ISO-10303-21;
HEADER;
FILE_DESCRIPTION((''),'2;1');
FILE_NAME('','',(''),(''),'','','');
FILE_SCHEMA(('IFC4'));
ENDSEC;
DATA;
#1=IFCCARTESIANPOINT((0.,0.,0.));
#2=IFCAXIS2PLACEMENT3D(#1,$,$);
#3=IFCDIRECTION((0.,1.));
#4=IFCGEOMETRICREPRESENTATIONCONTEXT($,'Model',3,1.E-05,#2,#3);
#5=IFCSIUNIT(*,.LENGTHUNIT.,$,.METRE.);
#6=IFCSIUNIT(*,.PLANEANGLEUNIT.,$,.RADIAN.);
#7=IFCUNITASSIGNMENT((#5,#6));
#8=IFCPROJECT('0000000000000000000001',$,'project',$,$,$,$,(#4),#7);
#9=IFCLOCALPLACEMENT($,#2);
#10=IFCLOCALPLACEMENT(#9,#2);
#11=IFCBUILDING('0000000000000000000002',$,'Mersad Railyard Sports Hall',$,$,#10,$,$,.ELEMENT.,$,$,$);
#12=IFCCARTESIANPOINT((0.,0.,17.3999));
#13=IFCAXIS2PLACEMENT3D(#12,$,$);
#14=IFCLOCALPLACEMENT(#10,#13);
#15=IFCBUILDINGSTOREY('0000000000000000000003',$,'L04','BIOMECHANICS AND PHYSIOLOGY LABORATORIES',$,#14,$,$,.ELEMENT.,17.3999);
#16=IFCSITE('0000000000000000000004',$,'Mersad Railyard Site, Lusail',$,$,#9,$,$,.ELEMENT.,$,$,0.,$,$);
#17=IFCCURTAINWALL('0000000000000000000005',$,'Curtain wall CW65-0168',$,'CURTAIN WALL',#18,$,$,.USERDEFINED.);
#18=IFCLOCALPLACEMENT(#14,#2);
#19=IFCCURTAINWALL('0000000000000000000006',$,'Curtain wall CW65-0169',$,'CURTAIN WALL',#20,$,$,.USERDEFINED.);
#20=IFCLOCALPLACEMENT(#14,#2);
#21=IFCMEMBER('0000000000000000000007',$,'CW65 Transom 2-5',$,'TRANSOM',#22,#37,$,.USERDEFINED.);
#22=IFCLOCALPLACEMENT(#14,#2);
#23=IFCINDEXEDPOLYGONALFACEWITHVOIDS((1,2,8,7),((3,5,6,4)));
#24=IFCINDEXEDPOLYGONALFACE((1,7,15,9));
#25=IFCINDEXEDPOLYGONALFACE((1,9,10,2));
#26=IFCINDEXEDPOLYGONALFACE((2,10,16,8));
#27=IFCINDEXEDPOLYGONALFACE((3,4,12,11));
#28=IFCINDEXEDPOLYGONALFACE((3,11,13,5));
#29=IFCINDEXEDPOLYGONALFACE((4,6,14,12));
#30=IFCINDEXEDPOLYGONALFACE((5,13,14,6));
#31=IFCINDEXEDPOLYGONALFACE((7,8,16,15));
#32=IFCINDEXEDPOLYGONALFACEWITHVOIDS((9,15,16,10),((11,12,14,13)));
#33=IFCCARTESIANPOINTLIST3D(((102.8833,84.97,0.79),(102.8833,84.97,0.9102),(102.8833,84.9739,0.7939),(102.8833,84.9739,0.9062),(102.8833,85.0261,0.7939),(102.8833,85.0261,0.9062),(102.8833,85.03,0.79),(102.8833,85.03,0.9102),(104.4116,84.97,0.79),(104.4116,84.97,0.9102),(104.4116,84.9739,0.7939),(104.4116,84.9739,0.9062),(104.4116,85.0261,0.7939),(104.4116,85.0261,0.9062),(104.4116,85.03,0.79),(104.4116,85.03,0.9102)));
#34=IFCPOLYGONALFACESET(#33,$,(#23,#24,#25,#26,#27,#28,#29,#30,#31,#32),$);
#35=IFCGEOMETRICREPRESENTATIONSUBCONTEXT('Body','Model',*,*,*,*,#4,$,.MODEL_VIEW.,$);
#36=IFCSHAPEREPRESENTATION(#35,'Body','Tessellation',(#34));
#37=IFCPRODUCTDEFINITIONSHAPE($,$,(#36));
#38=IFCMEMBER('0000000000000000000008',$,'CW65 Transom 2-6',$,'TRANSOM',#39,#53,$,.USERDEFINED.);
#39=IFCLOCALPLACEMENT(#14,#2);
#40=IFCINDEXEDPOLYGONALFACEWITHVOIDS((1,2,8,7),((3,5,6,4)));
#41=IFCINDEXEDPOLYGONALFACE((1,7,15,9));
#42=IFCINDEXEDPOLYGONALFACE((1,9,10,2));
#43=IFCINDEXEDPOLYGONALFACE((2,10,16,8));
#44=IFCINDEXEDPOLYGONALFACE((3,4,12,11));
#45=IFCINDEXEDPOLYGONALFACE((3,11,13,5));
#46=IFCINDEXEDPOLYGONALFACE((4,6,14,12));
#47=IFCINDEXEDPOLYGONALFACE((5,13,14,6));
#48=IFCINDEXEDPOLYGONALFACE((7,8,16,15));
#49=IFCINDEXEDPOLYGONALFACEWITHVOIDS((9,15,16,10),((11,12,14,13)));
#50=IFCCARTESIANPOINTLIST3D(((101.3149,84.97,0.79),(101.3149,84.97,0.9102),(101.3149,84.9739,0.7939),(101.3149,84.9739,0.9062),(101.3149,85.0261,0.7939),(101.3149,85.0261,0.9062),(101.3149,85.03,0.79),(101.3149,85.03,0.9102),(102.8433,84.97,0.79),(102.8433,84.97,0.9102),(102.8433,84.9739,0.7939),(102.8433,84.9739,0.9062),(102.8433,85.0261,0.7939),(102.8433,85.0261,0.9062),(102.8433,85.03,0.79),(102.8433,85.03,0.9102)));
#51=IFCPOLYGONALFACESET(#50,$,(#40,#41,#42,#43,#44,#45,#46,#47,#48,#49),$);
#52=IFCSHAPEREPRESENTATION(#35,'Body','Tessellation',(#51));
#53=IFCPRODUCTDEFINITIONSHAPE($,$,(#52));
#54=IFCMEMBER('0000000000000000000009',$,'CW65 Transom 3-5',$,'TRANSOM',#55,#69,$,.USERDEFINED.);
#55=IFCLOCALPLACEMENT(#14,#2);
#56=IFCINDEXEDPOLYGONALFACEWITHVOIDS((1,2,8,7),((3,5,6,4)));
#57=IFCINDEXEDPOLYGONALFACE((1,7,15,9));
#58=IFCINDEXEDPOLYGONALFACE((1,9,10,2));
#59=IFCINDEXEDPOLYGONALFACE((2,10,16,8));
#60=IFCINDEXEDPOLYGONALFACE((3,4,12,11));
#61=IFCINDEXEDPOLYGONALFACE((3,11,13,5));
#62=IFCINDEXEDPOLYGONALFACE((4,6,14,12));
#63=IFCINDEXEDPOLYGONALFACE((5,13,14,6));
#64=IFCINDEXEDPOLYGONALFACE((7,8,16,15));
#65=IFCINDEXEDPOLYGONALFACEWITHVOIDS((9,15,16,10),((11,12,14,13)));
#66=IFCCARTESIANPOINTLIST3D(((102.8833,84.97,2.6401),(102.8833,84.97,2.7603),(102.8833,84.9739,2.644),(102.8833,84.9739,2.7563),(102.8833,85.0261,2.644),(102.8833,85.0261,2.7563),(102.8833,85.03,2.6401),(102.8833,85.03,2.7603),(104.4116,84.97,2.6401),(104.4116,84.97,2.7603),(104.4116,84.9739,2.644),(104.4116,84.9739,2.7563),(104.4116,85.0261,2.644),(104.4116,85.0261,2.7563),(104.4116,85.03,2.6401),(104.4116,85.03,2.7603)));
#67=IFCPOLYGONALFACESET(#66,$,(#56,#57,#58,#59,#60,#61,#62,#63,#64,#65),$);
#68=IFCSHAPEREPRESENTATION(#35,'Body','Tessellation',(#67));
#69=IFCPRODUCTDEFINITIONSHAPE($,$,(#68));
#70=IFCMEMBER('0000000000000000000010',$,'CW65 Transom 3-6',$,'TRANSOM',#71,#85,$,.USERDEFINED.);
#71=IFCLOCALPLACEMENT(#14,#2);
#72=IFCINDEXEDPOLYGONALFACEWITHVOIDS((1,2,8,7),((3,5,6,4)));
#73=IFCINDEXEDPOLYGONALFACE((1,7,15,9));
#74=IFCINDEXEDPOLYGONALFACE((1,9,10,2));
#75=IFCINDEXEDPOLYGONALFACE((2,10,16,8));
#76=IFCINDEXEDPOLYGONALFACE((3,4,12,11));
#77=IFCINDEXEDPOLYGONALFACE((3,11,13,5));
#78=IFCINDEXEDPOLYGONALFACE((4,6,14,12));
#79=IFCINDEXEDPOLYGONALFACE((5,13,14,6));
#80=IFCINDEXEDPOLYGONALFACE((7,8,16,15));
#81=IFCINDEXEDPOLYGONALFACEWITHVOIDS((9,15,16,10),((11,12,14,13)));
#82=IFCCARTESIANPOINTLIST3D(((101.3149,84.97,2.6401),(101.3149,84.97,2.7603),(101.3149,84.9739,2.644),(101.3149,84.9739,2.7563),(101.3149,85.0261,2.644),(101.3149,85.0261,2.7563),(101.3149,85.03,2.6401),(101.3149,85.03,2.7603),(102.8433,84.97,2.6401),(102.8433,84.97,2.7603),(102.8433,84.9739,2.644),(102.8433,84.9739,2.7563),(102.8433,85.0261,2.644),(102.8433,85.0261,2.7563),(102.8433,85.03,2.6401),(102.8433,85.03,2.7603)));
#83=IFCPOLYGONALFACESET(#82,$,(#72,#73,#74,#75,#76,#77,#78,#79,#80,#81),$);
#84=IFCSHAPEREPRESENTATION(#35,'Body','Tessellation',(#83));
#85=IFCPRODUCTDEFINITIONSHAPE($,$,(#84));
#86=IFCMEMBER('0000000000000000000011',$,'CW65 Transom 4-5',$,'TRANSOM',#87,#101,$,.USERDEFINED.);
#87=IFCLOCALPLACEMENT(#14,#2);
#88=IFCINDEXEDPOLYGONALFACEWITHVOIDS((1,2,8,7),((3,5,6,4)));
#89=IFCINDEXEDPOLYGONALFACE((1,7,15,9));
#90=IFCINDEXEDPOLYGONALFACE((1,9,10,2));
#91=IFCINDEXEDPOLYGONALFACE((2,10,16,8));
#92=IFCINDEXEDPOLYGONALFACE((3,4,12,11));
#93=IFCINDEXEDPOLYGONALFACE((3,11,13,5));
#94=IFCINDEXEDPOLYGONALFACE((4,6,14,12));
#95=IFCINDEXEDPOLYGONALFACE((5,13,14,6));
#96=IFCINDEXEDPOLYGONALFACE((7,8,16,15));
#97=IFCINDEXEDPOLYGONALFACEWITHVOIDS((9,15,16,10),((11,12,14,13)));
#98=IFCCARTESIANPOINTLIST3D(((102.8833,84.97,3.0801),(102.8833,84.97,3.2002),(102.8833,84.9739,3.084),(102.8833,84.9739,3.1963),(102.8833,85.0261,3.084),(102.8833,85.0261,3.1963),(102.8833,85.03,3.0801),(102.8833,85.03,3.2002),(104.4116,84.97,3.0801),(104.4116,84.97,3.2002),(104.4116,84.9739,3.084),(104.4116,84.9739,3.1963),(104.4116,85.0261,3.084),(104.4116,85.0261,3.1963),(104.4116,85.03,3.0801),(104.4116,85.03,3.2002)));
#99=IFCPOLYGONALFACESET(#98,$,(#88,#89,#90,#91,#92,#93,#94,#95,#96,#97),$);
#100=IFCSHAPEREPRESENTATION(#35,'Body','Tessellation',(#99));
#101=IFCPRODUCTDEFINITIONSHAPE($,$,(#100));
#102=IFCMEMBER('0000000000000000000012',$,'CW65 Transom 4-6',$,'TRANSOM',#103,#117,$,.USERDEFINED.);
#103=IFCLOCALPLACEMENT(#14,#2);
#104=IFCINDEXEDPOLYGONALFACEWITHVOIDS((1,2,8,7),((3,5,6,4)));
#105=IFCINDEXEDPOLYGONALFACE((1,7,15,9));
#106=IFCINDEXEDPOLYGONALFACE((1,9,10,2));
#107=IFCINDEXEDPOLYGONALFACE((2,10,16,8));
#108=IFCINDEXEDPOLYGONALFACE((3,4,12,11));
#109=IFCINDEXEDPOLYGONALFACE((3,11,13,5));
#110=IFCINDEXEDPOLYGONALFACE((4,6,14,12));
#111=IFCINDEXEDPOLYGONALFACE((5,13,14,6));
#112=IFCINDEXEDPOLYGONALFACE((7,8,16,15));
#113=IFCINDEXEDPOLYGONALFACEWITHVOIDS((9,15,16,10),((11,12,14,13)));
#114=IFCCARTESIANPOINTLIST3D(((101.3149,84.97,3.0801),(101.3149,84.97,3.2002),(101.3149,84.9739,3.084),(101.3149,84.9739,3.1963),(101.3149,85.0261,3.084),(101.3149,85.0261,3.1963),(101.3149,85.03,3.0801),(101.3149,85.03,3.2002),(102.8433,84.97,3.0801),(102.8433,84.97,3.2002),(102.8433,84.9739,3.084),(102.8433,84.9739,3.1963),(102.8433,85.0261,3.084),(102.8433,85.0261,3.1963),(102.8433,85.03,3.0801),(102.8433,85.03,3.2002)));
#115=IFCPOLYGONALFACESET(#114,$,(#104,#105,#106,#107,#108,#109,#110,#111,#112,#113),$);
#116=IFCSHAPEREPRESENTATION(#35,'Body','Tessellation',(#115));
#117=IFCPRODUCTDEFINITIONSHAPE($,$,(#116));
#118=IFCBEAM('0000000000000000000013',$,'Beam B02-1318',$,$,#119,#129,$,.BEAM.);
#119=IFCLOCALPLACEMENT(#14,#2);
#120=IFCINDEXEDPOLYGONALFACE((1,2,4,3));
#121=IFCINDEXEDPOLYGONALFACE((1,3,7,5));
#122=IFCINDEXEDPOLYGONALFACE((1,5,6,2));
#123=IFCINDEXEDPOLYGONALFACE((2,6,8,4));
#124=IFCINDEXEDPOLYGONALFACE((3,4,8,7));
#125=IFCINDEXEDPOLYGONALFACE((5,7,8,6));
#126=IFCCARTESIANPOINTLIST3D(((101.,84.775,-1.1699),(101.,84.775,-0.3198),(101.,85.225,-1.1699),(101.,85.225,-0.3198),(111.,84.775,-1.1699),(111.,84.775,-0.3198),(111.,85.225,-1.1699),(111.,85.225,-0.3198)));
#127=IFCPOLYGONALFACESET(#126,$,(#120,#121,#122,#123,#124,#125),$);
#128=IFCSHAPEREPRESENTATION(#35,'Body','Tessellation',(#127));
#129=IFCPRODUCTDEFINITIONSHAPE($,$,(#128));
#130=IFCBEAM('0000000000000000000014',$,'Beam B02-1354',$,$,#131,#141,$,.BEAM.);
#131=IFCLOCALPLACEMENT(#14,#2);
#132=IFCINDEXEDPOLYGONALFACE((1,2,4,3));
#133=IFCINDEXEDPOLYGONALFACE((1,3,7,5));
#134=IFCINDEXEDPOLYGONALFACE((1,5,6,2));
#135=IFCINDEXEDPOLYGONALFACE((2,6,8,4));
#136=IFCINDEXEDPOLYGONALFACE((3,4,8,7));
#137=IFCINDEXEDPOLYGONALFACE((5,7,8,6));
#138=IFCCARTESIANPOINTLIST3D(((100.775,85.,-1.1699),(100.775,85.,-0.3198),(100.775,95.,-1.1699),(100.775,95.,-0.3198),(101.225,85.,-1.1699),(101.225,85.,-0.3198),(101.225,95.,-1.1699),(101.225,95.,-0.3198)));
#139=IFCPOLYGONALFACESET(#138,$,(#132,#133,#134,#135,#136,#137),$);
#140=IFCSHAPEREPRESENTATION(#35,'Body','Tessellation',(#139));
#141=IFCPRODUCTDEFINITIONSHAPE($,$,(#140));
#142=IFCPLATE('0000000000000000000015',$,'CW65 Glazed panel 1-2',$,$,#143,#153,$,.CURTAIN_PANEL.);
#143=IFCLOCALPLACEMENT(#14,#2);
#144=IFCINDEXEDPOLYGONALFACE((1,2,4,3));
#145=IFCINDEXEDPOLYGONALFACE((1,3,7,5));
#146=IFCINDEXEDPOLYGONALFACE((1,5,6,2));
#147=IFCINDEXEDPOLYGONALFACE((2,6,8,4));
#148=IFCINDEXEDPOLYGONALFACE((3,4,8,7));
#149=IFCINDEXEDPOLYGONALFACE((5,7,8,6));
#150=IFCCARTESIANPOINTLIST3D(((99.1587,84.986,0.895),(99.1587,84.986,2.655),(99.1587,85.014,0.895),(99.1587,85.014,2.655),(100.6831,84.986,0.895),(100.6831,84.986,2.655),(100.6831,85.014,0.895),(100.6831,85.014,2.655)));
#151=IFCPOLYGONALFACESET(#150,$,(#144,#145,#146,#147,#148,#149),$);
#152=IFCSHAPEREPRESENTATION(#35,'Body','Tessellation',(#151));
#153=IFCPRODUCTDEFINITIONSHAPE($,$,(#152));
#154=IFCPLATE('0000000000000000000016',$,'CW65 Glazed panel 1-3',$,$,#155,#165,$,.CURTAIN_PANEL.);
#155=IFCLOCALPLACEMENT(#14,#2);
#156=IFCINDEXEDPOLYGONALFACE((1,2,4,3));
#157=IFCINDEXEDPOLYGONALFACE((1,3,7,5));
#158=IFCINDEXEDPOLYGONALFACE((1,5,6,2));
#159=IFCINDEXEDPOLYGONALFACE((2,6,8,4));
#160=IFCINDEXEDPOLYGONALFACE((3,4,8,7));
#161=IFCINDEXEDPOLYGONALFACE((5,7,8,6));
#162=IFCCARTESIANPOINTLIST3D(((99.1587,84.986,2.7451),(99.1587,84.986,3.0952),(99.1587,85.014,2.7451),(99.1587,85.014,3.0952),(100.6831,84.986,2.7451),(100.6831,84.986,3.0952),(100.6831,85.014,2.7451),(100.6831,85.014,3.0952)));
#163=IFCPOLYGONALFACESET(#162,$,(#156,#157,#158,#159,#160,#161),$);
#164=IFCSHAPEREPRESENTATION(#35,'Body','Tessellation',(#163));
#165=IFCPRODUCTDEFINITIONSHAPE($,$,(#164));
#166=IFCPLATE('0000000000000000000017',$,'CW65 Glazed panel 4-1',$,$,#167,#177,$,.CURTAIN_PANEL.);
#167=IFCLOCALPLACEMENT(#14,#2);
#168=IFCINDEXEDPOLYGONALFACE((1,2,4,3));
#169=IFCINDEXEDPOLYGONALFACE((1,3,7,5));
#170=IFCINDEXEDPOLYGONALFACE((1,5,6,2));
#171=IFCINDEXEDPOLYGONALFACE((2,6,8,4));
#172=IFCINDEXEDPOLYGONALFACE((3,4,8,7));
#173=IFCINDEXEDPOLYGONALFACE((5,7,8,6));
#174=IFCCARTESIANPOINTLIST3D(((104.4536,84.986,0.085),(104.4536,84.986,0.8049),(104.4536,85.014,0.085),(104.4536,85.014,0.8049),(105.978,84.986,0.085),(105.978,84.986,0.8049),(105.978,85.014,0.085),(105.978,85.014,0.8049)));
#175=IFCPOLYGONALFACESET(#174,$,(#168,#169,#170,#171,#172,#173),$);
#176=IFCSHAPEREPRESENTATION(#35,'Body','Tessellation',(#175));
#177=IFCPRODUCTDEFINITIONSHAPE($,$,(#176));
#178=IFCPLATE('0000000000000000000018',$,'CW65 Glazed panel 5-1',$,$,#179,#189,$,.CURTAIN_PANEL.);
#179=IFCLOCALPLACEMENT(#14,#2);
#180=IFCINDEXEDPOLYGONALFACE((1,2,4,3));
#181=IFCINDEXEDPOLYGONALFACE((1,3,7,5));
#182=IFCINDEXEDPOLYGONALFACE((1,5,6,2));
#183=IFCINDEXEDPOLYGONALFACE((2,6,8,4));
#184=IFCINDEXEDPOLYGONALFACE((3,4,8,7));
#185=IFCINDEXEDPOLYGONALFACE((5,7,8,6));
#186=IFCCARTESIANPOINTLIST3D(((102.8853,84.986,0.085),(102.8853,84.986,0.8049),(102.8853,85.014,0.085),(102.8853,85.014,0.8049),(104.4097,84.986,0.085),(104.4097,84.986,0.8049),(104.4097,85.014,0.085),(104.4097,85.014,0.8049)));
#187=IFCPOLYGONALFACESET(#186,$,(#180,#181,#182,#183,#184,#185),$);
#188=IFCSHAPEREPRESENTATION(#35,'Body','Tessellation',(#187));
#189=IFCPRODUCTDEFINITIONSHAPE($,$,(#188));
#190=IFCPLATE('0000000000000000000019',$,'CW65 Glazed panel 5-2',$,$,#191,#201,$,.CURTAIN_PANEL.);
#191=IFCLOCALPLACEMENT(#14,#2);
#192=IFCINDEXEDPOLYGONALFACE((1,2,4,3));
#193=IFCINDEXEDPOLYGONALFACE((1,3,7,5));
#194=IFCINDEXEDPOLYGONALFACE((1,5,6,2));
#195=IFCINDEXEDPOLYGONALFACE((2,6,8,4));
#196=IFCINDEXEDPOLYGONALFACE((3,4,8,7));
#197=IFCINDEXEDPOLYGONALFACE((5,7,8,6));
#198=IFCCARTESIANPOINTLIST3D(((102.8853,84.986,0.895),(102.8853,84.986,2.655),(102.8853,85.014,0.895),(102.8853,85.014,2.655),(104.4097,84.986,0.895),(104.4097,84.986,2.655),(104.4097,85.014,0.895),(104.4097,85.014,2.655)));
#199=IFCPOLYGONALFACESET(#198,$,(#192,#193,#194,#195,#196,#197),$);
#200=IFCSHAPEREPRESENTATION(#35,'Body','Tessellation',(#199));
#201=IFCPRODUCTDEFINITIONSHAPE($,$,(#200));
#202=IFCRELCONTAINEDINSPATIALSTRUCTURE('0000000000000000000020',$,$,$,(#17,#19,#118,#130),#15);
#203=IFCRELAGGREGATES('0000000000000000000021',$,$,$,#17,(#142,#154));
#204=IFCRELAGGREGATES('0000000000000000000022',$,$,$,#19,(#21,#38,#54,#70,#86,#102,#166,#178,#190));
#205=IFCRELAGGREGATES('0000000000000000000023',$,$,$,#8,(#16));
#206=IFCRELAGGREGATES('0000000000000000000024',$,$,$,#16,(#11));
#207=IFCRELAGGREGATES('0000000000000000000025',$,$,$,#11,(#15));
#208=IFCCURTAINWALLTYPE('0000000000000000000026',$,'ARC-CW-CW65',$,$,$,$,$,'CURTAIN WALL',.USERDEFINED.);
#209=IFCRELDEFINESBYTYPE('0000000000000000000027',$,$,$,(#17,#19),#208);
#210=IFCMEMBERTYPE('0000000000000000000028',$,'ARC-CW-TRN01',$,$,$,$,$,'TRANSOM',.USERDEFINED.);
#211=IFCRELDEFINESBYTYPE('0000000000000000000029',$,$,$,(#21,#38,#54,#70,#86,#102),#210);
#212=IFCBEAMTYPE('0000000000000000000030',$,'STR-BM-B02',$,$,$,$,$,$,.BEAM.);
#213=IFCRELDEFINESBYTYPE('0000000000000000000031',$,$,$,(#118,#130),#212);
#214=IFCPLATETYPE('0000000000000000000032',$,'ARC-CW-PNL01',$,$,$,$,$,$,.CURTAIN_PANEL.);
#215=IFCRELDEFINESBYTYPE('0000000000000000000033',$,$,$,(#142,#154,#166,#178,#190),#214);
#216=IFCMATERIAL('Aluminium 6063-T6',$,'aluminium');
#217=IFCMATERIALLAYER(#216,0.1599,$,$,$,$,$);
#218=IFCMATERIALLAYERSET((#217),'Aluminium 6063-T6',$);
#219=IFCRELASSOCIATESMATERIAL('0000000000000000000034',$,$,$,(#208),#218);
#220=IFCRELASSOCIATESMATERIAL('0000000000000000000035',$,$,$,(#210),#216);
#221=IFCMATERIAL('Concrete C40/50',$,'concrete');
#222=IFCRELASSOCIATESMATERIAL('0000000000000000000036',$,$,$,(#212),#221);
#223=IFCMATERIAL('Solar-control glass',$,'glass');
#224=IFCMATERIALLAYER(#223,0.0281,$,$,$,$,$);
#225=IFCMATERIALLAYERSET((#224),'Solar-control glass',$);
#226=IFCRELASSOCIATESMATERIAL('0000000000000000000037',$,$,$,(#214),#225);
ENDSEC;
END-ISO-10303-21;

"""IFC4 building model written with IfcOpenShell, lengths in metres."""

from ifc_helpers import new_model, si_unit, direction, frame, origin, origin_2d, place, context, subcontext, project, spatial, rectangle, hollow_rectangle, extrude, material, layer, layer_set, material_profile, profile_set, type_object, element, aggregate, save


model = new_model("IFC4")

# Units and contexts
model_context = context("Model", 3, precision=1e-05, world=origin(), true_north=direction((0.0, 1.0)))
body_context = subcontext(model_context, "Body", "Model", "MODEL_VIEW")
ifc_project = project(units=[si_unit("LENGTHUNIT", "METRE"), si_unit("PLANEANGLEUNIT", "RADIAN")], contexts=[model_context])

# Site, building, storey
site_placement = place(None, origin())
site = spatial("IfcSite", under=ifc_project, at=site_placement, Name="Mersad Railyard Site, Lusail", CompositionType="ELEMENT", RefElevation=0.0)
building_placement = place(site_placement, origin())
building = spatial("IfcBuilding", under=site, at=building_placement, Name="Mersad Railyard Sports Hall", CompositionType="ELEMENT")
storey_placement = place(building_placement, frame((0.0, 0.0, 17.3999)))
storey = spatial("IfcBuildingStorey", under=building, at=storey_placement, Name="L04", Description="BIOMECHANICS AND PHYSIOLOGY LABORATORIES", CompositionType="ELEMENT", Elevation=17.3999)

# Shared definitions
ifc_material_1 = material(Name="Concrete C40/50", Category="concrete")

# Curtain wall
ifc_material_2 = material(Name="Aluminium 6063-T6", Category="aluminium")
ifc_layer_1 = layer(ifc_material_2, 0.1599)
ifc_layer_set_1 = layer_set([ifc_layer_1], Name="Aluminium 6063-T6")
curtain_wall_type = type_object("IfcCurtainWallType", Name="ARC-CW-CW65", ElementType="CURTAIN WALL", PredefinedType="USERDEFINED", material=ifc_layer_set_1)
curtain_wall_1_placement = place(storey_placement, origin())
curtain_wall_1 = element("IfcCurtainWall", 1, at=curtain_wall_1_placement, inside=storey, type_object=curtain_wall_type, Name="Curtain wall CW65-0168", ObjectType="CURTAIN WALL", PredefinedType="USERDEFINED")

# Curtain wall
curtain_wall_2_placement = place(storey_placement, origin())
curtain_wall_2 = element("IfcCurtainWall", 2, at=curtain_wall_2_placement, inside=storey, type_object=curtain_wall_type, Name="Curtain wall CW65-0169", ObjectType="CURTAIN WALL", PredefinedType="USERDEFINED")

# Members
ifc_material_profile_1 = material_profile(ifc_material_2, hollow_rectangle(XDim=0.0601, YDim=0.1201, WallThickness=0.0039, at=origin_2d()), Name="AL TRANSOM 60x120x4")
ifc_profile_set_1 = profile_set([ifc_material_profile_1], Name="Aluminium 6063-T6")
member_type_1 = type_object("IfcMemberType", Name="ARC-CW-TRN01", ElementType="TRANSOM", PredefinedType="USERDEFINED", material=ifc_profile_set_1)
member_1_placement = place(storey_placement, frame((104.4116, 85.0, 0.8501), z_axis=(-1.0, 0.0, 0.0), x_axis=(0.0, -1.0, 0.0)))
member_1 = element("IfcMember", 3, at=member_1_placement, type_object=member_type_1, Name="CW65 Transom 2-5", ObjectType="TRANSOM", PredefinedType="USERDEFINED", context=body_context, shape_type="SweptSolid", body=[
    extrude(hollow_rectangle(XDim=0.0601, YDim=0.1201, WallThickness=0.0039, at=origin_2d()), origin(), (0.0, 0.0, 1.0), 1.5283),
])
member_2_placement = place(storey_placement, frame((102.8433, 85.0, 0.8501), z_axis=(-1.0, 0.0, 0.0), x_axis=(0.0, -1.0, 0.0)))
member_2 = element("IfcMember", 4, at=member_2_placement, type_object=member_type_1, Name="CW65 Transom 2-6", ObjectType="TRANSOM", PredefinedType="USERDEFINED", context=body_context, shape_type="SweptSolid", body=[
    extrude(hollow_rectangle(XDim=0.0601, YDim=0.1201, WallThickness=0.0039, at=origin_2d()), origin(), (0.0, 0.0, 1.0), 1.5283),
])
member_3_placement = place(storey_placement, frame((104.4116, 85.0, 2.7002), z_axis=(-1.0, 0.0, 0.0), x_axis=(0.0, -1.0, 0.0)))
member_3 = element("IfcMember", 5, at=member_3_placement, type_object=member_type_1, Name="CW65 Transom 3-5", ObjectType="TRANSOM", PredefinedType="USERDEFINED", context=body_context, shape_type="SweptSolid", body=[
    extrude(hollow_rectangle(XDim=0.0601, YDim=0.1201, WallThickness=0.0039, at=origin_2d()), origin(), (0.0, 0.0, 1.0), 1.5283),
])
member_4_placement = place(storey_placement, frame((102.8433, 85.0, 2.7002), z_axis=(-1.0, 0.0, 0.0), x_axis=(0.0, -1.0, 0.0)))
member_4 = element("IfcMember", 6, at=member_4_placement, type_object=member_type_1, Name="CW65 Transom 3-6", ObjectType="TRANSOM", PredefinedType="USERDEFINED", context=body_context, shape_type="SweptSolid", body=[
    extrude(hollow_rectangle(XDim=0.0601, YDim=0.1201, WallThickness=0.0039, at=origin_2d()), origin(), (0.0, 0.0, 1.0), 1.5283),
])
member_5_placement = place(storey_placement, frame((104.4116, 85.0, 3.1401), z_axis=(-1.0, 0.0, 0.0), x_axis=(0.0, -1.0, 0.0)))
member_5 = element("IfcMember", 7, at=member_5_placement, type_object=member_type_1, Name="CW65 Transom 4-5", ObjectType="TRANSOM", PredefinedType="USERDEFINED", context=body_context, shape_type="SweptSolid", body=[
    extrude(hollow_rectangle(XDim=0.0601, YDim=0.1201, WallThickness=0.0039, at=origin_2d()), origin(), (0.0, 0.0, 1.0), 1.5283),
])
member_6_placement = place(storey_placement, frame((102.8433, 85.0, 3.1401), z_axis=(-1.0, 0.0, 0.0), x_axis=(0.0, -1.0, 0.0)))
member_6 = element("IfcMember", 8, at=member_6_placement, type_object=member_type_1, Name="CW65 Transom 4-6", ObjectType="TRANSOM", PredefinedType="USERDEFINED", context=body_context, shape_type="SweptSolid", body=[
    extrude(hollow_rectangle(XDim=0.0601, YDim=0.1201, WallThickness=0.0039, at=origin_2d()), origin(), (0.0, 0.0, 1.0), 1.5283),
])

# Beams
ifc_material_profile_2 = material_profile(ifc_material_1, rectangle(XDim=0.45, YDim=0.8501, at=origin_2d()), Name="RC 450x850")
ifc_profile_set_2 = profile_set([ifc_material_profile_2], Name="Concrete C40/50")
beam_type = type_object("IfcBeamType", Name="STR-BM-B02", PredefinedType="BEAM", material=ifc_profile_set_2)
for number, where, z_axis, x_axis, name in (
    (9, (101.0, 85.0, -0.7449), (1.0, 0.0, 0.0), (0.0, 1.0, 0.0), "Beam B02-1318"),
    (10, (101.0, 85.0, -0.7449), (0.0, 1.0, 0.0), (-1.0, 0.0, 0.0), "Beam B02-1354"),
):
    element("IfcBeam", number, at=place(storey_placement, frame(where, z_axis=z_axis, x_axis=x_axis)), inside=storey, type_object=beam_type, Name=name, PredefinedType="BEAM", context=body_context, shape_type="SweptSolid", body=[
        extrude(rectangle(XDim=0.45, YDim=0.8501, at=origin_2d()), origin(), (0.0, 0.0, 1.0), 10.0),
    ])

# Plates
ifc_material_3 = material(Name="Solar-control glass", Category="glass")
ifc_layer_2 = layer(ifc_material_3, 0.0281)
ifc_layer_set_2 = layer_set([ifc_layer_2], Name="Solar-control glass")
plate_type = type_object("IfcPlateType", Name="ARC-CW-PNL01", PredefinedType="CURTAIN_PANEL", material=ifc_layer_set_2)
plate_1_placement = place(storey_placement, frame((99.9209, 85.0, 0.895), z_axis=(0.0, 0.0, 1.0), x_axis=(-1.0, 0.0, 0.0)))
plate_1 = element("IfcPlate", 11, at=plate_1_placement, type_object=plate_type, Name="CW65 Glazed panel 1-2", PredefinedType="CURTAIN_PANEL", context=body_context, shape_type="SweptSolid", body=[
    extrude(rectangle(XDim=1.5244, YDim=0.0281, at=origin_2d()), origin(), (0.0, 0.0, 1.0), 1.76),
])
plate_2_placement = place(storey_placement, frame((99.9209, 85.0, 2.7451), z_axis=(0.0, 0.0, 1.0), x_axis=(-1.0, 0.0, 0.0)))
plate_2 = element("IfcPlate", 12, at=plate_2_placement, type_object=plate_type, Name="CW65 Glazed panel 1-3", PredefinedType="CURTAIN_PANEL", context=body_context, shape_type="SweptSolid", body=[
    extrude(rectangle(XDim=1.5244, YDim=0.0281, at=origin_2d()), origin(), (0.0, 0.0, 1.0), 0.3501),
])
aggregate(curtain_wall_1, [plate_1, plate_2])
plate_3_placement = place(storey_placement, frame((105.2158, 85.0, 0.085), z_axis=(0.0, 0.0, 1.0), x_axis=(-1.0, 0.0, 0.0)))
plate_3 = element("IfcPlate", 13, at=plate_3_placement, type_object=plate_type, Name="CW65 Glazed panel 4-1", PredefinedType="CURTAIN_PANEL", context=body_context, shape_type="SweptSolid", body=[
    extrude(rectangle(XDim=1.5244, YDim=0.0281, at=origin_2d()), origin(), (0.0, 0.0, 1.0), 0.72),
])
plate_4_placement = place(storey_placement, frame((103.6475, 85.0, 0.085), z_axis=(0.0, 0.0, 1.0), x_axis=(-1.0, 0.0, 0.0)))
plate_4 = element("IfcPlate", 14, at=plate_4_placement, type_object=plate_type, Name="CW65 Glazed panel 5-1", PredefinedType="CURTAIN_PANEL", context=body_context, shape_type="SweptSolid", body=[
    extrude(rectangle(XDim=1.5244, YDim=0.0281, at=origin_2d()), origin(), (0.0, 0.0, 1.0), 0.72),
])
plate_5_placement = place(storey_placement, frame((103.6475, 85.0, 0.895), z_axis=(0.0, 0.0, 1.0), x_axis=(-1.0, 0.0, 0.0)))
plate_5 = element("IfcPlate", 15, at=plate_5_placement, type_object=plate_type, Name="CW65 Glazed panel 5-2", PredefinedType="CURTAIN_PANEL", context=body_context, shape_type="SweptSolid", body=[
    extrude(rectangle(XDim=1.5244, YDim=0.0281, at=origin_2d()), origin(), (0.0, 0.0, 1.0), 1.76),
])
aggregate(curtain_wall_2, [member_1, member_2, member_3, member_4, member_5, member_6, plate_3, plate_4, plate_5])

save(model, "model.ifc")
